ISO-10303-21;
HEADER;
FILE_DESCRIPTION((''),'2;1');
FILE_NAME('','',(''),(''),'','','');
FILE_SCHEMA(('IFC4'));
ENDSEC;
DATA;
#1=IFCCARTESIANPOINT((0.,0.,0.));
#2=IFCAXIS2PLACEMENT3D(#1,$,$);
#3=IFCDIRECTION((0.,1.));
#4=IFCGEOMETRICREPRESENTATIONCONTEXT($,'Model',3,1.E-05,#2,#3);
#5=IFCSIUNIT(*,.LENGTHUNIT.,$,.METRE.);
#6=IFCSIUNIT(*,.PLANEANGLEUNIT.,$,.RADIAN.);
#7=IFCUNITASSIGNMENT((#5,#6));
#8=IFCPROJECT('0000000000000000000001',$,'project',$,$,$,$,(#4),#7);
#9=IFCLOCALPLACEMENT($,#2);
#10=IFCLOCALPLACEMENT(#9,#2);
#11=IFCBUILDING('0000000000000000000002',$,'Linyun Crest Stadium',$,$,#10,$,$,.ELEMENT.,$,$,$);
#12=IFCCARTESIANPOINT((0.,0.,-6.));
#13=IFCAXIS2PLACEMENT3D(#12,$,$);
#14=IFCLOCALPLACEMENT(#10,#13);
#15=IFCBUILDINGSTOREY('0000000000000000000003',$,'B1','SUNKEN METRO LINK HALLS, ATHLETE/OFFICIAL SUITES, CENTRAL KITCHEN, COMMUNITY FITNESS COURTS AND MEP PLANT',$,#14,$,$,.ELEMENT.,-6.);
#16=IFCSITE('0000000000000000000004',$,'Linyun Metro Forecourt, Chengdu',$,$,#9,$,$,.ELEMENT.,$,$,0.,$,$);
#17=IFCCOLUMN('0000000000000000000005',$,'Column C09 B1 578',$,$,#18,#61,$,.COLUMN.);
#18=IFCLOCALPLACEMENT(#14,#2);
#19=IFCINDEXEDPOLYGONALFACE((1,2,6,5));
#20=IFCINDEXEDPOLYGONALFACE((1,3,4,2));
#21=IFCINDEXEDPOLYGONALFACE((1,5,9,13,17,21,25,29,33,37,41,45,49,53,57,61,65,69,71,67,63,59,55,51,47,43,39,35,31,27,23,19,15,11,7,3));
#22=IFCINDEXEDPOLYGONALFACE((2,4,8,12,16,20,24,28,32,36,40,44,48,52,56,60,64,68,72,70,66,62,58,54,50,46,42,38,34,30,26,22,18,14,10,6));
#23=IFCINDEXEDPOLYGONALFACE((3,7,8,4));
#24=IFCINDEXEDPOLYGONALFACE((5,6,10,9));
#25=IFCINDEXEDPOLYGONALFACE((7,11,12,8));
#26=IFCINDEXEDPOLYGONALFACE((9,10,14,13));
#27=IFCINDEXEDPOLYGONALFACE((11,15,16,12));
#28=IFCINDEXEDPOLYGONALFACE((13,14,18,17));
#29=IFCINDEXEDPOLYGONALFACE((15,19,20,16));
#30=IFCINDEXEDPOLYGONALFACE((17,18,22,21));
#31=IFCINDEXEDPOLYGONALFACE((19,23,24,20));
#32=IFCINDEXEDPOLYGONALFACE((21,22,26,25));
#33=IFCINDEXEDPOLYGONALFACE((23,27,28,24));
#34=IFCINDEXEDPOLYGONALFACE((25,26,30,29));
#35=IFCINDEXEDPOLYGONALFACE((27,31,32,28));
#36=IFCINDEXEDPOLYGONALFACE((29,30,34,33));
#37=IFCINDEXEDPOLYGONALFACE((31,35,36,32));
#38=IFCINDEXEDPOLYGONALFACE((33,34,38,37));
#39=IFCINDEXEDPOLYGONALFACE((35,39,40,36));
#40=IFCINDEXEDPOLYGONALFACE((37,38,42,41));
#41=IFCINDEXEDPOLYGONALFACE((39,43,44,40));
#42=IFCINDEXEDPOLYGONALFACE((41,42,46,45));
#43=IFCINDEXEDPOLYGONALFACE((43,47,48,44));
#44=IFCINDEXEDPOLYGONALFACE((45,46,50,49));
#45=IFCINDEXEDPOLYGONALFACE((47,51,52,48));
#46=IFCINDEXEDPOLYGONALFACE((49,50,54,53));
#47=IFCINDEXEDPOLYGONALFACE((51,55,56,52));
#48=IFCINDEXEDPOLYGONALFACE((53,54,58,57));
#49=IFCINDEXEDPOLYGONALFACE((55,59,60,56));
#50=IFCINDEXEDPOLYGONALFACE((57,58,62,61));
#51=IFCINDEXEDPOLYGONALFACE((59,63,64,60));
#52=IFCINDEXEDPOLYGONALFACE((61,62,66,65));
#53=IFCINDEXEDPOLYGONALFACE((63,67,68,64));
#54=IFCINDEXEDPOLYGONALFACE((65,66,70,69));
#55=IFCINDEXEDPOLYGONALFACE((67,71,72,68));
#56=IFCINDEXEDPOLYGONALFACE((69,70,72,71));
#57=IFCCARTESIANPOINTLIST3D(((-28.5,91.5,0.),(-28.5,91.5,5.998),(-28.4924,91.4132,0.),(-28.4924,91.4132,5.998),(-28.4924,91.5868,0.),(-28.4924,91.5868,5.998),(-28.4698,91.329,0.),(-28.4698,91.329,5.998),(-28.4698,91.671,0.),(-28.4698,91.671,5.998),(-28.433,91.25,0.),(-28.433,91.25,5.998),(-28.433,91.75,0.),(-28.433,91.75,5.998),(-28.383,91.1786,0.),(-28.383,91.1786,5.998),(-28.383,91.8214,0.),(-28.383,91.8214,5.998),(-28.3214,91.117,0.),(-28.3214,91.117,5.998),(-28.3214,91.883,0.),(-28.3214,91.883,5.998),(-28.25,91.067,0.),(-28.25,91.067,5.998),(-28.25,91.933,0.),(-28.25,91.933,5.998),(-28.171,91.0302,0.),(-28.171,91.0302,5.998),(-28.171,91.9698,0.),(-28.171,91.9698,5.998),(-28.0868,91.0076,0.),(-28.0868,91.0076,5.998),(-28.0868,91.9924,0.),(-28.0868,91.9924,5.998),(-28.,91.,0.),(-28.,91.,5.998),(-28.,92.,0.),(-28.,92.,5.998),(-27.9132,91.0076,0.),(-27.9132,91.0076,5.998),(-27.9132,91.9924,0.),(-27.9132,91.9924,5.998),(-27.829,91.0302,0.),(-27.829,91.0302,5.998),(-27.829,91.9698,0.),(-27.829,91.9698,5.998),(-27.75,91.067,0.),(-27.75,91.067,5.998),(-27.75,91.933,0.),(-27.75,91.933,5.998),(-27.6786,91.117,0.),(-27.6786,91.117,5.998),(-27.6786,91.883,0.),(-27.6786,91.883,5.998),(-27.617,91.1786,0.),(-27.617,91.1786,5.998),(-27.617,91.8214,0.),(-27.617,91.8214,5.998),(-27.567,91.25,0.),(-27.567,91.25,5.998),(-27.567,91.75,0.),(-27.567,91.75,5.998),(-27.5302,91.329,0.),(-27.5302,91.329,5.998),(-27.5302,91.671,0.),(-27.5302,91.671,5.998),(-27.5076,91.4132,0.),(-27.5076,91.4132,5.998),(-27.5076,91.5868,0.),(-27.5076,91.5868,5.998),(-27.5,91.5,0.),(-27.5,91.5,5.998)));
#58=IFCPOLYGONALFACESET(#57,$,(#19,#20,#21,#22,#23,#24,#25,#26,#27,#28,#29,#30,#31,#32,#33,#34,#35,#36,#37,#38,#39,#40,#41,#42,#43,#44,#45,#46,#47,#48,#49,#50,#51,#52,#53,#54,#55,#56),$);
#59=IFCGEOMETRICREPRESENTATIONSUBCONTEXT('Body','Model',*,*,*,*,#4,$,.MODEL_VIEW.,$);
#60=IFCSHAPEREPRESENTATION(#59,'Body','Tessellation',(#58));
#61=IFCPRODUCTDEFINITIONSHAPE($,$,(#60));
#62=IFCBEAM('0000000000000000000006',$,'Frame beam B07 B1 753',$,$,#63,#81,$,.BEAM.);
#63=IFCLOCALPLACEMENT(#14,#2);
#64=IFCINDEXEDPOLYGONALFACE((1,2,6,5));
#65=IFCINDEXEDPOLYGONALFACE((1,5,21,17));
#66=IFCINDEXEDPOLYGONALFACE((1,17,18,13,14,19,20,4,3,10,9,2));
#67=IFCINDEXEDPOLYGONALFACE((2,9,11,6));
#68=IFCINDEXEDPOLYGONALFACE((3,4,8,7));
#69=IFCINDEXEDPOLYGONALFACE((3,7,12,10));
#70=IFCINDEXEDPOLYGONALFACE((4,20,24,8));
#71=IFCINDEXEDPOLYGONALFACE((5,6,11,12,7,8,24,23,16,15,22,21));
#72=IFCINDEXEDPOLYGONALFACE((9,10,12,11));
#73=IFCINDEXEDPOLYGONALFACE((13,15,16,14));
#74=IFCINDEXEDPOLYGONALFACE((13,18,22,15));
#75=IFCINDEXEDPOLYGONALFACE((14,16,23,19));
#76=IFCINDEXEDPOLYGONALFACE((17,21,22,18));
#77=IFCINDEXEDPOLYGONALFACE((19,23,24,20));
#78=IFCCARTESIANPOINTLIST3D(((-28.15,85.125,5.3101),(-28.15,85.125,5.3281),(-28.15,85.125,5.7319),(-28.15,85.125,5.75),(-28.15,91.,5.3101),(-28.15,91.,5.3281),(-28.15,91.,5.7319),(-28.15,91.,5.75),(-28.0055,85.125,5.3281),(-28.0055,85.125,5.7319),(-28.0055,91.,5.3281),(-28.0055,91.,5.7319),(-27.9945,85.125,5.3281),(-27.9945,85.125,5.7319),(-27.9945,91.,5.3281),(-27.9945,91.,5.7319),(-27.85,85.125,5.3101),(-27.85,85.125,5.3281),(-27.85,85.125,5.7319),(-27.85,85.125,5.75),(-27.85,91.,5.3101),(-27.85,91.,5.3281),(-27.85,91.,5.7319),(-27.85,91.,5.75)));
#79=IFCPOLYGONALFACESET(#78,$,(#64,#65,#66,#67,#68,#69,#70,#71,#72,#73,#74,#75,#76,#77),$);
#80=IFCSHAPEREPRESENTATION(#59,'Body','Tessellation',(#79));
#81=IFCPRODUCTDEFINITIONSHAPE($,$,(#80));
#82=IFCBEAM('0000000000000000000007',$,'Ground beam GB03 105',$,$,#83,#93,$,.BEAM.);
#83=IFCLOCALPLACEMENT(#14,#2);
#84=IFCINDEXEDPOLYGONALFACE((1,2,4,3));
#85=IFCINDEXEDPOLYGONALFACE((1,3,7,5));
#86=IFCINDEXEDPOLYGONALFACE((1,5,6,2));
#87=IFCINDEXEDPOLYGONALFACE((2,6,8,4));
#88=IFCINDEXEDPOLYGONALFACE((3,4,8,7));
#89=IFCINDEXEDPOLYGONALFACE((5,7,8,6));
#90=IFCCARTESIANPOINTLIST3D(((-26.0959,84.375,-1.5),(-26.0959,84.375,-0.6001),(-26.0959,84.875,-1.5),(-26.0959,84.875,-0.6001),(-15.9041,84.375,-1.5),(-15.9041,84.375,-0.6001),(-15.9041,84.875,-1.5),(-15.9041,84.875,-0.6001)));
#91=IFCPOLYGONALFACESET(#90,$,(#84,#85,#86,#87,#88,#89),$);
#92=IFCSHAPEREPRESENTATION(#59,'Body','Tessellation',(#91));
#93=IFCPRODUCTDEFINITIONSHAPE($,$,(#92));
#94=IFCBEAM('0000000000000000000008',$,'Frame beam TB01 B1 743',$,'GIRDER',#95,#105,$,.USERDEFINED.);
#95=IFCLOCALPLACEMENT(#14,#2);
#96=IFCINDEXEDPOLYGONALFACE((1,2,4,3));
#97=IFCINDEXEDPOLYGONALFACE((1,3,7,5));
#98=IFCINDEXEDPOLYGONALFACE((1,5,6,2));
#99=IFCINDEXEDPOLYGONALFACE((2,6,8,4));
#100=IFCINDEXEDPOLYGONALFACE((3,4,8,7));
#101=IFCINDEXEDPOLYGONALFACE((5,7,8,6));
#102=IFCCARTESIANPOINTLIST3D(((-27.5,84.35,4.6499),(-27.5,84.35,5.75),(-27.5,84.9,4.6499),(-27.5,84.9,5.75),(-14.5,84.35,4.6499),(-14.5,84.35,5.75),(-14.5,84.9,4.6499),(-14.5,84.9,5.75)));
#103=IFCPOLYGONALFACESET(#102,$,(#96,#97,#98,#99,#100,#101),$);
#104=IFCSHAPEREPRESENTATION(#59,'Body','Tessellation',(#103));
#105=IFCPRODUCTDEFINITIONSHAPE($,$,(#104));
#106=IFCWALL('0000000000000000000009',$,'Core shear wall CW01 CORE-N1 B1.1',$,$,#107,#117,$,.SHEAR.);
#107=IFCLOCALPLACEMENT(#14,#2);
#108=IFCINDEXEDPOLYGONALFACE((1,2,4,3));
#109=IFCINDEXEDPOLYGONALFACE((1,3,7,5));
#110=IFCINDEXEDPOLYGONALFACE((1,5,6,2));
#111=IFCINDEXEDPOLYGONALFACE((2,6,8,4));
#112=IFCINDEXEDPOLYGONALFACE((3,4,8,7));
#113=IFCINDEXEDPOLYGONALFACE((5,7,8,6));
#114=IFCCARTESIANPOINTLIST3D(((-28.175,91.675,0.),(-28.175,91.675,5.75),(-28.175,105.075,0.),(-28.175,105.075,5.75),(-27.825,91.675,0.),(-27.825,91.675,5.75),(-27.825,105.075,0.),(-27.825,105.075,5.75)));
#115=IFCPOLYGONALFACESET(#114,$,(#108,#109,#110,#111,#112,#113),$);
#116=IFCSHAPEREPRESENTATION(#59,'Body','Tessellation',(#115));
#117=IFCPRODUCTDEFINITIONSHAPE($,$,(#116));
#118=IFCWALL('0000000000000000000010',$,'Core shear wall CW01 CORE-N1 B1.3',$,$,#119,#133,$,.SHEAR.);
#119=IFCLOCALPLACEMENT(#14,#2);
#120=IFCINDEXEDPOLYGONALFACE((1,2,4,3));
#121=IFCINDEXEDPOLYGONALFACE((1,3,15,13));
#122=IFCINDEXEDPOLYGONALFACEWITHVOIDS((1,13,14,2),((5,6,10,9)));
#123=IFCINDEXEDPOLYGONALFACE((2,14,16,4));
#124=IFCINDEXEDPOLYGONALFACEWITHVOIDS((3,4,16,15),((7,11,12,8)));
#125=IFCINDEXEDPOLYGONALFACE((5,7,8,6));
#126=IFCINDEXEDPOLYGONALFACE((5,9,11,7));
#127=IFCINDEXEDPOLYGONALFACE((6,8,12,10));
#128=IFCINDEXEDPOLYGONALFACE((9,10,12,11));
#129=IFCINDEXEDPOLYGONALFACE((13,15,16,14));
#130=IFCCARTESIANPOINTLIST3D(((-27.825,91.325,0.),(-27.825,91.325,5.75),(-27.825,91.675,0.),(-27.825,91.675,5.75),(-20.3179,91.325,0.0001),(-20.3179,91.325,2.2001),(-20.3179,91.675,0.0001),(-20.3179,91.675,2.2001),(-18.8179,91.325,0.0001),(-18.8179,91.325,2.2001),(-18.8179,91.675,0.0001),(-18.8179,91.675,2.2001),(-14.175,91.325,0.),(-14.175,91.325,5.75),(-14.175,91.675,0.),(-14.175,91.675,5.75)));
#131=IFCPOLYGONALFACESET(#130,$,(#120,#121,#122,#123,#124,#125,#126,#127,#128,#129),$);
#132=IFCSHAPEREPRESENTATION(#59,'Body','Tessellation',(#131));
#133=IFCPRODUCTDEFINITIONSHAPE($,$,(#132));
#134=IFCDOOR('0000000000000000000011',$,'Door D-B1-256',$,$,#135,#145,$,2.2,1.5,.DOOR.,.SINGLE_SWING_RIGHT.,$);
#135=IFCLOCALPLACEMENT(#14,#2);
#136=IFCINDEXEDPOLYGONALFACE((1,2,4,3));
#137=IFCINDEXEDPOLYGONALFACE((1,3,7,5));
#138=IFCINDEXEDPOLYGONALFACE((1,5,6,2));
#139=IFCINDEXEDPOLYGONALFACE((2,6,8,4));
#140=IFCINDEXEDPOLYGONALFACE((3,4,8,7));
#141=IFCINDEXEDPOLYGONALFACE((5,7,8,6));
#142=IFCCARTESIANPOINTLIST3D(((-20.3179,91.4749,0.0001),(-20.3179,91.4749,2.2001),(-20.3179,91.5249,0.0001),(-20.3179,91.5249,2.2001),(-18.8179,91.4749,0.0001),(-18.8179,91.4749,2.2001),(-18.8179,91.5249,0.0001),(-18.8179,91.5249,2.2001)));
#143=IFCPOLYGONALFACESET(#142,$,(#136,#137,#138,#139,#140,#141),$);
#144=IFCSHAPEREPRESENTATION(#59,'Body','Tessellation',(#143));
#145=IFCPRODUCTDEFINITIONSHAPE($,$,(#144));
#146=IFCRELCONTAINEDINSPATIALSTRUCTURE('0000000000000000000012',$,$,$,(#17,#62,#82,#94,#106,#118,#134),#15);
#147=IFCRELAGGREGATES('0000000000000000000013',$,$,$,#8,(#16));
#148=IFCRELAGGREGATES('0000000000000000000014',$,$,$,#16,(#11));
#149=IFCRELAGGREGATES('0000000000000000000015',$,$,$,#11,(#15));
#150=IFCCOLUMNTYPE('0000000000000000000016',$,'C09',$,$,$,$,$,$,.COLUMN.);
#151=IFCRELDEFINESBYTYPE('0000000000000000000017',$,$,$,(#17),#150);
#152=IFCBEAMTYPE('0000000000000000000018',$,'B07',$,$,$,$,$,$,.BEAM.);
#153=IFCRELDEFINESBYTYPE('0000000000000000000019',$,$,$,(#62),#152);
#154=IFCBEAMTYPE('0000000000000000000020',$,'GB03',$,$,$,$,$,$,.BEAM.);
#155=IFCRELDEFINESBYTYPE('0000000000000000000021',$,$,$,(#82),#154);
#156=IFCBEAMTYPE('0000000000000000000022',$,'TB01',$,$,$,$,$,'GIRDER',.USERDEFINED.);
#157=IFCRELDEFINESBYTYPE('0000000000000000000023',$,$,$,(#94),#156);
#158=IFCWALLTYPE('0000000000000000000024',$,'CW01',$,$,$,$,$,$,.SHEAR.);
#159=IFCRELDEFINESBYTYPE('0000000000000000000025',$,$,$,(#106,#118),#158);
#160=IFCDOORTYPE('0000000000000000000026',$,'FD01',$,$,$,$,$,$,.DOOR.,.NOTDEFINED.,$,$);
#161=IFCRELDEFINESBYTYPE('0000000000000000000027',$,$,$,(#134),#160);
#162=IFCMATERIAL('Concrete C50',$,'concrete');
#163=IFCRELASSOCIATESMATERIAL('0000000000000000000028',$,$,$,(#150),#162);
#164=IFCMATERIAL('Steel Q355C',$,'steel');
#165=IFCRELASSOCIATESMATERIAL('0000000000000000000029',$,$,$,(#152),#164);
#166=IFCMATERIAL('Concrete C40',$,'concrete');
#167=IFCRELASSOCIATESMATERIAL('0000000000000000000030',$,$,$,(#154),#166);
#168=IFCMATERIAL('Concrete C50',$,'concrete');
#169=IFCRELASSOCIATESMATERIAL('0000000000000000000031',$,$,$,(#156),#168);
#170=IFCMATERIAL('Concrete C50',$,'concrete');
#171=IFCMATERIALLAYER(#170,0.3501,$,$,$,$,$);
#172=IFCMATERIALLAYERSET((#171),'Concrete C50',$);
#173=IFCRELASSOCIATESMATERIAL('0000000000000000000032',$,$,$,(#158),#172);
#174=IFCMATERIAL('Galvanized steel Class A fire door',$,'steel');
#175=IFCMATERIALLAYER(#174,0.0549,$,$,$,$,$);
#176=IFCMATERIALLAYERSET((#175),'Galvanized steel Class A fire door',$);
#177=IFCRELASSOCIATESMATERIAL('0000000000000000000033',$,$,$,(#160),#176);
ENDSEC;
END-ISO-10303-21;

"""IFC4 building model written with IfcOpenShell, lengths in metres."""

from ifc_helpers import new_model, si_unit, direction, frame, frame_2d, origin, origin_2d, place, context, subcontext, project, spatial, rectangle, circle, i_section, extrude, material, layer, layer_set, material_profile, profile_set, type_object, element, fill, save


model = new_model("IFC4")

# Units and contexts
model_context = context("Model", 3, precision=1e-05, world=origin(), true_north=direction((0.0, 1.0)))
body_context = subcontext(model_context, "Body", "Model", "MODEL_VIEW")
ifc_project = project(units=[si_unit("LENGTHUNIT", "METRE"), si_unit("PLANEANGLEUNIT", "RADIAN")], contexts=[model_context])

# Site, building, storey
site_placement = place(None, origin())
site = spatial("IfcSite", under=ifc_project, at=site_placement, Name="Linyun Metro Forecourt, Chengdu", CompositionType="ELEMENT", RefElevation=0.0)
building_placement = place(site_placement, origin())
building = spatial("IfcBuilding", under=site, at=building_placement, Name="Linyun Crest Stadium", CompositionType="ELEMENT")
storey_placement = place(building_placement, frame((0.0, 0.0, -6.0)))
storey = spatial("IfcBuildingStorey", under=building, at=storey_placement, Name="B1", Description="SUNKEN METRO LINK HALLS, ATHLETE/OFFICIAL SUITES, CENTRAL KITCHEN, COMMUNITY FITNESS COURTS AND MEP PLANT", CompositionType="ELEMENT", Elevation=-6.0)

# Column
ifc_material_1 = material(Name="Concrete C50", Category="concrete")
ifc_material_profile_1 = material_profile(ifc_material_1, circle(Radius=0.5, at=origin_2d()), Name="RC D1000")
ifc_profile_set_1 = profile_set([ifc_material_profile_1], Name="Concrete C50")
column_type_1 = type_object("IfcColumnType", Name="C09", PredefinedType="COLUMN", material=ifc_profile_set_1)
column_1_placement = place(storey_placement, frame((-28.0, 91.5, 0.0), z_axis=(0.0, 0.0, 1.0), x_axis=(1.0, 0.0, 0.0)))
element("IfcColumn", 1, at=column_1_placement, inside=storey, type_object=column_type_1, Name="Column C09 B1 578", PredefinedType="COLUMN", context=body_context, shape_type="SweptSolid", body=[
    extrude(circle(Radius=0.5, at=origin_2d()), origin(), (0.0, 0.0, 1.0), 5.998),
])

# Beams
ifc_material_2 = material(Name="Steel Q355C", Category="steel")
ifc_material_profile_2 = material_profile(ifc_material_2, i_section(OverallWidth=0.3, OverallDepth=0.4399, WebThickness=0.011, FlangeThickness=0.0181, at=origin_2d()), Name="HM 440x300")
ifc_profile_set_2 = profile_set([ifc_material_profile_2], Name="Steel Q355C")
beam_type_1 = type_object("IfcBeamType", Name="B07", PredefinedType="BEAM", material=ifc_profile_set_2)
beam_1_placement = place(storey_placement, frame((-28.0, 85.125, 5.53), z_axis=(0.0, 1.0, 0.0), x_axis=(-1.0, 0.0, 0.0)))
element("IfcBeam", 2, at=beam_1_placement, inside=storey, type_object=beam_type_1, Name="Frame beam B07 B1 753", PredefinedType="BEAM", context=body_context, shape_type="SweptSolid", body=[
    extrude(i_section(OverallWidth=0.3, OverallDepth=0.4399, WebThickness=0.011, FlangeThickness=0.0181, at=origin_2d()), origin(), (0.0, 0.0, 1.0), 5.875),
])
ifc_material_3 = material(Name="Concrete C40", Category="concrete")
ifc_material_profile_3 = material_profile(ifc_material_3, rectangle(XDim=0.5, YDim=0.8999, at=origin_2d()), Name="RCB 900x500")
ifc_profile_set_3 = profile_set([ifc_material_profile_3], Name="Concrete C40")
beam_type_2 = type_object("IfcBeamType", Name="GB03", PredefinedType="BEAM", material=ifc_profile_set_3)
beam_2_placement = place(storey_placement, frame((-26.0959, 84.625, -1.05), z_axis=(1.0, 0.0, 0.0), x_axis=(0.0, 1.0, 0.0)))
element("IfcBeam", 3, at=beam_2_placement, inside=storey, type_object=beam_type_2, Name="Ground beam GB03 105", PredefinedType="BEAM", context=body_context, shape_type="SweptSolid", body=[
    extrude(rectangle(XDim=0.5, YDim=0.8999, at=origin_2d()), origin(), (0.0, 0.0, 1.0), 10.1919),
])
ifc_material_4 = material(Name="Concrete C50", Category="concrete")
ifc_material_profile_4 = material_profile(ifc_material_4, rectangle(XDim=0.55, YDim=1.1001, at=origin_2d()), Name="RCB 1100x550")
ifc_profile_set_4 = profile_set([ifc_material_profile_4], Name="Concrete C50")
beam_type_3 = type_object("IfcBeamType", Name="TB01", ElementType="GIRDER", PredefinedType="USERDEFINED", material=ifc_profile_set_4)
beam_3_placement = place(storey_placement, frame((-27.5, 84.625, 5.2), z_axis=(1.0, 0.0, 0.0), x_axis=(0.0, 1.0, 0.0)))
element("IfcBeam", 4, at=beam_3_placement, inside=storey, type_object=beam_type_3, Name="Frame beam TB01 B1 743", ObjectType="GIRDER", PredefinedType="USERDEFINED", context=body_context, shape_type="SweptSolid", body=[
    extrude(rectangle(XDim=0.55, YDim=1.1001, at=origin_2d()), origin(), (0.0, 0.0, 1.0), 13.0),
])

# Wall
ifc_material_5 = material(Name="Concrete C50", Category="concrete")
ifc_layer_1 = layer(ifc_material_5, 0.3501)
ifc_layer_set_1 = layer_set([ifc_layer_1], Name="Concrete C50")
wall_type_1 = type_object("IfcWallType", Name="CW01", PredefinedType="SHEAR", material=ifc_layer_set_1)
wall_1_placement = place(storey_placement, frame((-28.0, 91.675, 0.0), z_axis=(0.0, 0.0, 1.0), x_axis=(0.0, 1.0, 0.0)))
element("IfcWall", 5, at=wall_1_placement, inside=storey, type_object=wall_type_1, Name="Core shear wall CW01 CORE-N1 B1.1", PredefinedType="SHEAR", context=body_context, shape_type="SweptSolid", body=[
    extrude(rectangle(XDim=13.3999, YDim=0.3501, at=frame_2d((6.7, 0.0))), origin(), (0.0, 0.0, 1.0), 5.75),
])

# Wall, opening, door
wall_2_placement = place(storey_placement, frame((-27.825, 91.5, 0.0), z_axis=(0.0, 0.0, 1.0), x_axis=(1.0, 0.0, 0.0)))
wall_2 = element("IfcWall", 6, at=wall_2_placement, inside=storey, type_object=wall_type_1, Name="Core shear wall CW01 CORE-N1 B1.3", PredefinedType="SHEAR", context=body_context, shape_type="SweptSolid", body=[
    extrude(rectangle(XDim=13.6499, YDim=0.3501, at=frame_2d((6.825, 0.0))), origin(), (0.0, 0.0, 1.0), 5.75),
])
opening_1_placement = place(wall_2_placement, frame((7.5071, 0.0, 0.0)))
opening_1 = element("IfcOpeningElement", 7, at=opening_1_placement, cuts=wall_2, PredefinedType="OPENING", context=body_context, shape_type="SweptSolid", body=[
    extrude(rectangle(XDim=1.5, YDim=2.2, at=frame_2d((0.75, 1.1001))), frame((0.0, 0.1851, 0.0), z_axis=(0.0, -1.0, 0.0), x_axis=(1.0, 0.0, 0.0)), (0.0, 0.0, 1.0), 0.3701),
])
ifc_material_6 = material(Name="Galvanized steel Class A fire door", Category="steel")
ifc_layer_2 = layer(ifc_material_6, 0.0549)
ifc_layer_set_2 = layer_set([ifc_layer_2], Name="Galvanized steel Class A fire door")
door_type_1 = type_object("IfcDoorType", Name="FD01", OperationType="NOTDEFINED", PredefinedType="DOOR", material=ifc_layer_set_2)
door_1_placement = place(opening_1_placement, origin())
door_1 = element("IfcDoor", 8, at=door_1_placement, inside=storey, type_object=door_type_1, Name="Door D-B1-256", OperationType="SINGLE_SWING_RIGHT", OverallHeight=2.2, OverallWidth=1.5, PredefinedType="DOOR", context=body_context, shape_type="SweptSolid", body=[
    extrude(rectangle(XDim=1.5, YDim=2.2, at=frame_2d((0.75, 1.1001))), frame((0.0, 0.0249, 0.0), z_axis=(0.0, -1.0, 0.0), x_axis=(1.0, 0.0, 0.0)), (0.0, 0.0, 1.0), 0.05),
])
fill(opening_1, door_1)

save(model, "model.ifc")
